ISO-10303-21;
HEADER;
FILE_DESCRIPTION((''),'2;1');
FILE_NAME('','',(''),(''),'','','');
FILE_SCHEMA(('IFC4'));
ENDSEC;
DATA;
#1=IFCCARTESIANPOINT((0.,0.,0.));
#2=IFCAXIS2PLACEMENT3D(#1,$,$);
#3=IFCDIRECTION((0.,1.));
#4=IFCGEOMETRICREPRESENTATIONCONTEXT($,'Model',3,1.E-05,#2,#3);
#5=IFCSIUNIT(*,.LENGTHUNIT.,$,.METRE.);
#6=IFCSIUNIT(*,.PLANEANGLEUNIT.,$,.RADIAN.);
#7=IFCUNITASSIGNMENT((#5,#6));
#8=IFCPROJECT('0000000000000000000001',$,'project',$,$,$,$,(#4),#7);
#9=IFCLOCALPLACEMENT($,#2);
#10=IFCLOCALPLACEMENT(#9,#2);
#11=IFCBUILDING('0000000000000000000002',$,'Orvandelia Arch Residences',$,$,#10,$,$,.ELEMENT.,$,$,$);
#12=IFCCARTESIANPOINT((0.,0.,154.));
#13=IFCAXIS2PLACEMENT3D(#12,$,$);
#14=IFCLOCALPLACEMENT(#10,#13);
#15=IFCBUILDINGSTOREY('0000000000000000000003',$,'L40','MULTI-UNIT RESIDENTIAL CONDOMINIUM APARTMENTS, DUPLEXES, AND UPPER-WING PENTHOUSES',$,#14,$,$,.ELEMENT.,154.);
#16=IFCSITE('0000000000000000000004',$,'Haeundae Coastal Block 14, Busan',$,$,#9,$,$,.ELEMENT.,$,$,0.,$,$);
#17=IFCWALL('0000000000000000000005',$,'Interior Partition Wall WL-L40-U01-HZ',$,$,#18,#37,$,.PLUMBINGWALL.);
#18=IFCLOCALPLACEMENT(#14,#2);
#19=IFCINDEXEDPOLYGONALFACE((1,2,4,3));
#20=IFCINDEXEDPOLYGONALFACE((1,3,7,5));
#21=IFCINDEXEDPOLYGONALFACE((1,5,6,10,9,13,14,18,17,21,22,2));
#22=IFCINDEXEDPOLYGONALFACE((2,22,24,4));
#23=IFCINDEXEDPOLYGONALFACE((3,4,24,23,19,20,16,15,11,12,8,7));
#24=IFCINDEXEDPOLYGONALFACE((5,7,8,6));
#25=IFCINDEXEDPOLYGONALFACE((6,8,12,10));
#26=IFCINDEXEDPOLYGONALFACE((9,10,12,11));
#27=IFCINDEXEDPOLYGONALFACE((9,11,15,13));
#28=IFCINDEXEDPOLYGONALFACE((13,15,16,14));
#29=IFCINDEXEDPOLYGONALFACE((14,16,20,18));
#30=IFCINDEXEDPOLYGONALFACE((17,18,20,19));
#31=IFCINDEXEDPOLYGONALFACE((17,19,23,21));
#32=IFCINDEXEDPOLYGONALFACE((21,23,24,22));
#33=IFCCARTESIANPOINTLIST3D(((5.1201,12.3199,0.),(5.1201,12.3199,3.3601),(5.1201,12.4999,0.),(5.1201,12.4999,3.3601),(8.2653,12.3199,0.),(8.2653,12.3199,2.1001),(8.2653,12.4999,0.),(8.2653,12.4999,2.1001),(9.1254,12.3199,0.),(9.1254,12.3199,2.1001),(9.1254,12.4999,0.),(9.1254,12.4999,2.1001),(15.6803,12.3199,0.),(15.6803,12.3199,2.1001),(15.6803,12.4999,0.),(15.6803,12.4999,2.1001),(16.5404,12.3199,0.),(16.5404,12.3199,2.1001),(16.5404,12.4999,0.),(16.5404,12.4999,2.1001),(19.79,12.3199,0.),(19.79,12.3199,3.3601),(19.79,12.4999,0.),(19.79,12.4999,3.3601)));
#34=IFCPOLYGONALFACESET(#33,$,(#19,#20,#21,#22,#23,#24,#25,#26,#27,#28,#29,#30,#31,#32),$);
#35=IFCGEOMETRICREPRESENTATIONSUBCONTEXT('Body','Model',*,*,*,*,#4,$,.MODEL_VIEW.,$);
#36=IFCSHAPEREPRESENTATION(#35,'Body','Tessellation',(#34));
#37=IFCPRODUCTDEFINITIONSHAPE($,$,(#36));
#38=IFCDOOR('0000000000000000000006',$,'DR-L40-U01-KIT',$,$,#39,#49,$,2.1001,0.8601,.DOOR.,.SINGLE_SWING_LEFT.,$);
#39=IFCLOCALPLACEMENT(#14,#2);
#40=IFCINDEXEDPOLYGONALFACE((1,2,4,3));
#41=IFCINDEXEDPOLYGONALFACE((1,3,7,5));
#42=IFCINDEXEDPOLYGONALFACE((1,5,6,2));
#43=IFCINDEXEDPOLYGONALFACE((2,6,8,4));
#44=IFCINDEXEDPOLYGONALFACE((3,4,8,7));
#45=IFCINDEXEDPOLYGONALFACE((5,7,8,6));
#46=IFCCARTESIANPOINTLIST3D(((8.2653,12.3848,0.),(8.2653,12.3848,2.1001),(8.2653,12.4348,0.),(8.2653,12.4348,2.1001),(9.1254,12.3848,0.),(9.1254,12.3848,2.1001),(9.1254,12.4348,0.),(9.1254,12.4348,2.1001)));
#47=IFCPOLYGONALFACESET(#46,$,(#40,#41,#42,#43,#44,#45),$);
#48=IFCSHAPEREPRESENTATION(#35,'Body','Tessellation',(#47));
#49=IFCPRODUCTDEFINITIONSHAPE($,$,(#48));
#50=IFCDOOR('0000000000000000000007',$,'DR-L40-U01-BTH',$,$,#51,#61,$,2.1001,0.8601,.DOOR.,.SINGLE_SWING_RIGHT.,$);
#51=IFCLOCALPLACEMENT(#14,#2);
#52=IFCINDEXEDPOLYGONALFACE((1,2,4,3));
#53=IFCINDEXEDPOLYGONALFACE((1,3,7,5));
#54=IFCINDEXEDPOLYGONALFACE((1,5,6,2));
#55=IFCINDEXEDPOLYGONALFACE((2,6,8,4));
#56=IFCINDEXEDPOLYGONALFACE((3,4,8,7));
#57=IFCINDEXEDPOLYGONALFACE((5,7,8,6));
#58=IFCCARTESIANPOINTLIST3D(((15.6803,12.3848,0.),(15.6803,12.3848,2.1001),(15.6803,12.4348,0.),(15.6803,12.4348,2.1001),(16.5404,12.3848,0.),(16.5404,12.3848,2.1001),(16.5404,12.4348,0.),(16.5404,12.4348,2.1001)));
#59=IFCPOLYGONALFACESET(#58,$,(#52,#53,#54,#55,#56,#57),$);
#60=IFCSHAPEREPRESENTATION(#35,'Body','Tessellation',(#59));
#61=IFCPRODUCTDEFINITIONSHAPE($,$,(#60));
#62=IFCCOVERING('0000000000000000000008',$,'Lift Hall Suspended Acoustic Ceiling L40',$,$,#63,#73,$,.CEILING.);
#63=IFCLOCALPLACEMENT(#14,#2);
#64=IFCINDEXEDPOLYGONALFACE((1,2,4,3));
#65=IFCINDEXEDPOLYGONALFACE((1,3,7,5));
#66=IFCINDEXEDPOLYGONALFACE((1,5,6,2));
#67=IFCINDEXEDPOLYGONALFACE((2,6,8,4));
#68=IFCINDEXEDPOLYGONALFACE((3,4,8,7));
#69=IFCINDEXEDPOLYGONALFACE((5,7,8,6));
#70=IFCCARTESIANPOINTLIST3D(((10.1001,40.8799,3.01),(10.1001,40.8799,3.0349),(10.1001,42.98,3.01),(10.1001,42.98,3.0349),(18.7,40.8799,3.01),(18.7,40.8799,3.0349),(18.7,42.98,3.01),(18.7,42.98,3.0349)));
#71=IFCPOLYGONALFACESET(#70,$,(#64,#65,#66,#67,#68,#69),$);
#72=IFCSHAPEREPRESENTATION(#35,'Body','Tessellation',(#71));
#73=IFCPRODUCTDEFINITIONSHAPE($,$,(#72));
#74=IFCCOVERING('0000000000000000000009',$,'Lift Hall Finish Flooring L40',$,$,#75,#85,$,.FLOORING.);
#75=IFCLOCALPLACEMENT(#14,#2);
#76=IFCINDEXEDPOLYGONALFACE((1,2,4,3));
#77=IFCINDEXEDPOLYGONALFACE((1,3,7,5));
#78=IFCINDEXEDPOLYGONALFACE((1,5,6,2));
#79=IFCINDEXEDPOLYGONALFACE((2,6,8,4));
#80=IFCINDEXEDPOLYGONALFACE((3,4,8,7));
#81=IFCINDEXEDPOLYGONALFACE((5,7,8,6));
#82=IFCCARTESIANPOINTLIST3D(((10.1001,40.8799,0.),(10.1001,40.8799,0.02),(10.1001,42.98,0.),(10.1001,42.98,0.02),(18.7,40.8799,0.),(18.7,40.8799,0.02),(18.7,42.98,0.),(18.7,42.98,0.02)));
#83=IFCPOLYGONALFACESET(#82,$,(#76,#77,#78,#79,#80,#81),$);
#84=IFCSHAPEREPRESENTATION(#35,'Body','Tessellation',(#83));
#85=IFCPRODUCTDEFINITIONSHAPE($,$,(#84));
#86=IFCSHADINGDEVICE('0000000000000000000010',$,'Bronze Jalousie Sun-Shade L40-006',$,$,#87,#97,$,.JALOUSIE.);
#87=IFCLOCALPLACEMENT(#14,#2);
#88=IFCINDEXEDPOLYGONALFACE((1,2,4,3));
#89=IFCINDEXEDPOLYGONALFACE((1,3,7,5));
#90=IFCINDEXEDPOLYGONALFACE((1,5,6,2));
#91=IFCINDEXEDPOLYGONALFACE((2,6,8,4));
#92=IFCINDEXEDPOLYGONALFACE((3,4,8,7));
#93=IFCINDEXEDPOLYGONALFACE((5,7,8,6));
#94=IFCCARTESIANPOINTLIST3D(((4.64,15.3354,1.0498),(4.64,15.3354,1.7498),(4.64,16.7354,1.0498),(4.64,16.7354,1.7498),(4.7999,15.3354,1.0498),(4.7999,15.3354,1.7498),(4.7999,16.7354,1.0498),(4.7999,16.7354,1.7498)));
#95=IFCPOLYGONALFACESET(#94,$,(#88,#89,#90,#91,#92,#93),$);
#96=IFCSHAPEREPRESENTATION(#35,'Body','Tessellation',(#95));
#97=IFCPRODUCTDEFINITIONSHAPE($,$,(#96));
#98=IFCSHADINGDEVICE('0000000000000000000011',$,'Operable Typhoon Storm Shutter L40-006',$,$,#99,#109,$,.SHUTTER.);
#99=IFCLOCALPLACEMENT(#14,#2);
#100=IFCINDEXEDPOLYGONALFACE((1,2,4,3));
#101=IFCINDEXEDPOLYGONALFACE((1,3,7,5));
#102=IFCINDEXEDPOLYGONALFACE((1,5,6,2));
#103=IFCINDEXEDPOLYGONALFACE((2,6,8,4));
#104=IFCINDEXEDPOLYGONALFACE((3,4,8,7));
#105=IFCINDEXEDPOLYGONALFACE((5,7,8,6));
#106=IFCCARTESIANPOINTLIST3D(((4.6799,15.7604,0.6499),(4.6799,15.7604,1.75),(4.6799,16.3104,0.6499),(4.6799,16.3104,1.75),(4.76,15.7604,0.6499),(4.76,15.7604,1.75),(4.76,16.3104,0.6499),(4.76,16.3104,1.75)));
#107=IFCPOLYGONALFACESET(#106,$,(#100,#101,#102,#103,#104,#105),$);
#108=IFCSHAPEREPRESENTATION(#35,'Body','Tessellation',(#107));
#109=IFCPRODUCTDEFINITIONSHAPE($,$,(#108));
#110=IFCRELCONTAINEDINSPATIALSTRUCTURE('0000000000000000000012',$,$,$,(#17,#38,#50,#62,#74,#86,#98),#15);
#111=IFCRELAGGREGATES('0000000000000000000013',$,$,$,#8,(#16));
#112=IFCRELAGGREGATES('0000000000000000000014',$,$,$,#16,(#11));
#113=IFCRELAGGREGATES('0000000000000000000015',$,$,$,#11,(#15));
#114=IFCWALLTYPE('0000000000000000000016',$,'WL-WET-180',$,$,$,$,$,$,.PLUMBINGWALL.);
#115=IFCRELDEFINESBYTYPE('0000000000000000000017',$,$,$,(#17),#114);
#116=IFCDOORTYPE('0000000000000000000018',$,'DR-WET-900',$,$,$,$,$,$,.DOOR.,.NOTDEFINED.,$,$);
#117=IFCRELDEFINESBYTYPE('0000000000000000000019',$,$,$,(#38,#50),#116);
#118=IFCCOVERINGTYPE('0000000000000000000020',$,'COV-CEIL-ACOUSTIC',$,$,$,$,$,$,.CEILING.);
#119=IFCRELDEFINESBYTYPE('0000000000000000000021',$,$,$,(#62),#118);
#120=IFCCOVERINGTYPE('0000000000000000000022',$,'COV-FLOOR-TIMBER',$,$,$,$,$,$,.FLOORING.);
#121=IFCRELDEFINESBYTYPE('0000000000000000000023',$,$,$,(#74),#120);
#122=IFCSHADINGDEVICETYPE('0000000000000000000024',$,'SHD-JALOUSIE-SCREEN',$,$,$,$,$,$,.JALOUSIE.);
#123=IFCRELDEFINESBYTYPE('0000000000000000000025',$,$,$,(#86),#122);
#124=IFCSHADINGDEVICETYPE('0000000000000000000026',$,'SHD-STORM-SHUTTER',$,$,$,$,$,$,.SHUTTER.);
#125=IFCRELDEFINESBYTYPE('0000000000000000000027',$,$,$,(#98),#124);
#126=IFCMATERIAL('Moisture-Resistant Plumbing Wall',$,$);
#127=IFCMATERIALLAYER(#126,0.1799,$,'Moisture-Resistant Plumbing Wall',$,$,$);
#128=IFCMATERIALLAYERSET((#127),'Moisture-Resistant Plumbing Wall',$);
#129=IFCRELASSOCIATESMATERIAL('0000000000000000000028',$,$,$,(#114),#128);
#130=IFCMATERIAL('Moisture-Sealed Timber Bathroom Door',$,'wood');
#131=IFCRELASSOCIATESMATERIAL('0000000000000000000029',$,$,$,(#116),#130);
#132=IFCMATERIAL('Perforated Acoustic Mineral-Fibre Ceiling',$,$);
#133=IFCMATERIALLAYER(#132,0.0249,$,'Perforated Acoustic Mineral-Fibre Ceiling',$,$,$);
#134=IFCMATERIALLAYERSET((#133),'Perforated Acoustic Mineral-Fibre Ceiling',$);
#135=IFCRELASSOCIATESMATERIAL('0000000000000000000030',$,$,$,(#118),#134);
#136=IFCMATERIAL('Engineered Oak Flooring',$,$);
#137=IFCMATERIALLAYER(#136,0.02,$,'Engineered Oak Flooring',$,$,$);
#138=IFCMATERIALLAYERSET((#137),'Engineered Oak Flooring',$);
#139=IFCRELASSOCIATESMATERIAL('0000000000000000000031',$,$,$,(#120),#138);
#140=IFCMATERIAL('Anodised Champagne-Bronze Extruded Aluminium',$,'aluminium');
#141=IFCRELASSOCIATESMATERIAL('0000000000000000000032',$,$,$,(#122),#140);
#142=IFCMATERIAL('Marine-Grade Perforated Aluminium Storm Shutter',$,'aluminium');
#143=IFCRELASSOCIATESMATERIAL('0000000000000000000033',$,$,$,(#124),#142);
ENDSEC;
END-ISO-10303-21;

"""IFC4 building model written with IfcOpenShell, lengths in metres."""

from ifc_helpers import new_model, si_unit, direction, frame, frame_2d, origin, origin_2d, place, context, subcontext, project, spatial, polyline, rectangle, outline, extrude, material, layer, layer_set, type_object, element, fill, save


model = new_model("IFC4")

# Units and contexts
model_context = context("Model", 3, precision=1e-05, world=origin(), true_north=direction((0.0, 1.0)))
body_context = subcontext(model_context, "Body", "Model", "MODEL_VIEW")
ifc_project = project(units=[si_unit("LENGTHUNIT", "METRE"), si_unit("PLANEANGLEUNIT", "RADIAN")], contexts=[model_context])

# Site, building, storey
site_placement = place(None, origin())
site = spatial("IfcSite", under=ifc_project, at=site_placement, Name="Haeundae Coastal Block 14, Busan", CompositionType="ELEMENT", RefElevation=0.0)
building_placement = place(site_placement, origin())
building = spatial("IfcBuilding", under=site, at=building_placement, Name="Orvandelia Arch Residences", CompositionType="ELEMENT")
storey_placement = place(building_placement, frame((0.0, 0.0, 154.0)))
storey = spatial("IfcBuildingStorey", under=building, at=storey_placement, Name="L40", Description="MULTI-UNIT RESIDENTIAL CONDOMINIUM APARTMENTS, DUPLEXES, AND UPPER-WING PENTHOUSES", CompositionType="ELEMENT", Elevation=154.0)

# Wall, openings, doors
ifc_material_1 = material(Name="Moisture-Resistant Plumbing Wall")
ifc_layer_1 = layer(ifc_material_1, 0.1799, Name="Moisture-Resistant Plumbing Wall")
ifc_layer_set_1 = layer_set([ifc_layer_1], Name="Moisture-Resistant Plumbing Wall")
wall_type_1 = type_object("IfcWallType", Name="WL-WET-180", PredefinedType="PLUMBINGWALL", material=ifc_layer_set_1)
wall_1_placement = place(storey_placement, frame((5.1201, 12.4099, 0.0), z_axis=(0.0, 0.0, 1.0), x_axis=(1.0, 0.0, 0.0)))
wall_1 = element("IfcWall", 1, at=wall_1_placement, inside=storey, type_object=wall_type_1, Name="Interior Partition Wall WL-L40-U01-HZ", PredefinedType="PLUMBINGWALL", context=body_context, shape_type="SweptSolid", body=[
    extrude(rectangle(XDim=14.6699, YDim=0.1799, at=frame_2d((7.335, 0.0))), origin(), (0.0, 0.0, 1.0), 3.3601),
])
opening_1_placement = place(wall_1_placement, frame((3.145, 0.0, 0.0)))
opening_1 = element("IfcOpeningElement", 2, at=opening_1_placement, cuts=wall_1, PredefinedType="OPENING", context=body_context, shape_type="SweptSolid", body=[
    extrude(rectangle(XDim=0.8601, YDim=2.1001, at=frame_2d((0.4302, 1.05))), frame((0.0, 0.1001, 0.0), z_axis=(0.0, -1.0, 0.0), x_axis=(1.0, 0.0, 0.0)), (0.0, 0.0, 1.0), 0.2),
])
opening_2_placement = place(wall_1_placement, frame((10.5601, 0.0, 0.0)))
opening_2 = element("IfcOpeningElement", 3, at=opening_2_placement, cuts=wall_1, PredefinedType="OPENING", context=body_context, shape_type="SweptSolid", body=[
    extrude(rectangle(XDim=0.8601, YDim=2.1001, at=frame_2d((0.4302, 1.05))), frame((0.0, 0.1001, 0.0), z_axis=(0.0, -1.0, 0.0), x_axis=(1.0, 0.0, 0.0)), (0.0, 0.0, 1.0), 0.2),
])
ifc_material_2 = material(Name="Moisture-Sealed Timber Bathroom Door", Category="wood")
door_type_1 = type_object("IfcDoorType", Name="DR-WET-900", OperationType="NOTDEFINED", PredefinedType="DOOR", material=ifc_material_2)
door_1_placement = place(opening_1_placement, origin())
door_1 = element("IfcDoor", 4, at=door_1_placement, inside=storey, type_object=door_type_1, Name="DR-L40-U01-KIT", OperationType="SINGLE_SWING_LEFT", OverallHeight=2.1001, OverallWidth=0.8601, PredefinedType="DOOR", context=body_context, shape_type="SweptSolid", body=[
    extrude(rectangle(XDim=0.8601, YDim=2.1001, at=frame_2d((0.4302, 1.05))), frame((0.0, 0.0249, 0.0), z_axis=(0.0, -1.0, 0.0), x_axis=(1.0, 0.0, 0.0)), (0.0, 0.0, 1.0), 0.05),
])
fill(opening_1, door_1)
door_2_placement = place(opening_2_placement, origin())
door_2 = element("IfcDoor", 5, at=door_2_placement, inside=storey, type_object=door_type_1, Name="DR-L40-U01-BTH", OperationType="SINGLE_SWING_RIGHT", OverallHeight=2.1001, OverallWidth=0.8601, PredefinedType="DOOR", context=body_context, shape_type="SweptSolid", body=[
    extrude(rectangle(XDim=0.8601, YDim=2.1001, at=frame_2d((0.4302, 1.05))), frame((0.0, 0.0249, 0.0), z_axis=(0.0, -1.0, 0.0), x_axis=(1.0, 0.0, 0.0)), (0.0, 0.0, 1.0), 0.05),
])
fill(opening_2, door_2)

# Coverings
ifc_material_3 = material(Name="Perforated Acoustic Mineral-Fibre Ceiling")
ifc_layer_2 = layer(ifc_material_3, 0.0249, Name="Perforated Acoustic Mineral-Fibre Ceiling")
ifc_layer_set_2 = layer_set([ifc_layer_2], Name="Perforated Acoustic Mineral-Fibre Ceiling")
covering_type_1 = type_object("IfcCoveringType", Name="COV-CEIL-ACOUSTIC", PredefinedType="CEILING", material=ifc_layer_set_2)
covering_1_placement = place(storey_placement, frame((0.0, 0.0, 3.01)))
element("IfcCovering", 6, at=covering_1_placement, inside=storey, type_object=covering_type_1, Name="Lift Hall Suspended Acoustic Ceiling L40", PredefinedType="CEILING", context=body_context, shape_type="SweptSolid", body=[
    extrude(outline(polyline([(10.1001, 40.8799), (18.7, 40.8799), (18.7, 42.98), (10.1001, 42.98), (10.1001, 40.8799)])), origin(), (0.0, 0.0, 1.0), 0.0249),
])
ifc_material_4 = material(Name="Engineered Oak Flooring")
ifc_layer_3 = layer(ifc_material_4, 0.02, Name="Engineered Oak Flooring")
ifc_layer_set_3 = layer_set([ifc_layer_3], Name="Engineered Oak Flooring")
covering_type_2 = type_object("IfcCoveringType", Name="COV-FLOOR-TIMBER", PredefinedType="FLOORING", material=ifc_layer_set_3)
covering_2_placement = place(storey_placement, origin())
element("IfcCovering", 7, at=covering_2_placement, inside=storey, type_object=covering_type_2, Name="Lift Hall Finish Flooring L40", PredefinedType="FLOORING", context=body_context, shape_type="SweptSolid", body=[
    extrude(outline(polyline([(10.1001, 40.8799), (18.7, 40.8799), (18.7, 42.98), (10.1001, 42.98), (10.1001, 40.8799)])), origin(), (0.0, 0.0, 1.0), 0.02),
])

# Shading devices
ifc_material_5 = material(Name="Anodised Champagne-Bronze Extruded Aluminium", Category="aluminium")
shading_device_type_1 = type_object("IfcShadingDeviceType", Name="SHD-JALOUSIE-SCREEN", PredefinedType="JALOUSIE", material=ifc_material_5)
shading_device_1_placement = place(storey_placement, frame((4.72, 16.0354, 1.0498), z_axis=(0.0, 0.0, 1.0), x_axis=(0.0, 1.0, 0.0)))
element("IfcShadingDevice", 8, at=shading_device_1_placement, inside=storey, type_object=shading_device_type_1, Name="Bronze Jalousie Sun-Shade L40-006", PredefinedType="JALOUSIE", context=body_context, shape_type="SweptSolid", body=[
    extrude(rectangle(XDim=1.3999, YDim=0.1599, at=origin_2d()), origin(), (0.0, 0.0, 1.0), 0.7),
])
ifc_material_6 = material(Name="Marine-Grade Perforated Aluminium Storm Shutter", Category="aluminium")
shading_device_type_2 = type_object("IfcShadingDeviceType", Name="SHD-STORM-SHUTTER", PredefinedType="SHUTTER", material=ifc_material_6)
shading_device_2_placement = place(storey_placement, frame((4.72, 16.0354, 0.6499), z_axis=(0.0, 0.0, 1.0), x_axis=(0.0, 1.0, 0.0)))
element("IfcShadingDevice", 9, at=shading_device_2_placement, inside=storey, type_object=shading_device_type_2, Name="Operable Typhoon Storm Shutter L40-006", PredefinedType="SHUTTER", context=body_context, shape_type="SweptSolid", body=[
    extrude(rectangle(XDim=0.55, YDim=0.0801, at=origin_2d()), origin(), (0.0, 0.0, 1.0), 1.1001),
])

save(model, "model.ifc")
